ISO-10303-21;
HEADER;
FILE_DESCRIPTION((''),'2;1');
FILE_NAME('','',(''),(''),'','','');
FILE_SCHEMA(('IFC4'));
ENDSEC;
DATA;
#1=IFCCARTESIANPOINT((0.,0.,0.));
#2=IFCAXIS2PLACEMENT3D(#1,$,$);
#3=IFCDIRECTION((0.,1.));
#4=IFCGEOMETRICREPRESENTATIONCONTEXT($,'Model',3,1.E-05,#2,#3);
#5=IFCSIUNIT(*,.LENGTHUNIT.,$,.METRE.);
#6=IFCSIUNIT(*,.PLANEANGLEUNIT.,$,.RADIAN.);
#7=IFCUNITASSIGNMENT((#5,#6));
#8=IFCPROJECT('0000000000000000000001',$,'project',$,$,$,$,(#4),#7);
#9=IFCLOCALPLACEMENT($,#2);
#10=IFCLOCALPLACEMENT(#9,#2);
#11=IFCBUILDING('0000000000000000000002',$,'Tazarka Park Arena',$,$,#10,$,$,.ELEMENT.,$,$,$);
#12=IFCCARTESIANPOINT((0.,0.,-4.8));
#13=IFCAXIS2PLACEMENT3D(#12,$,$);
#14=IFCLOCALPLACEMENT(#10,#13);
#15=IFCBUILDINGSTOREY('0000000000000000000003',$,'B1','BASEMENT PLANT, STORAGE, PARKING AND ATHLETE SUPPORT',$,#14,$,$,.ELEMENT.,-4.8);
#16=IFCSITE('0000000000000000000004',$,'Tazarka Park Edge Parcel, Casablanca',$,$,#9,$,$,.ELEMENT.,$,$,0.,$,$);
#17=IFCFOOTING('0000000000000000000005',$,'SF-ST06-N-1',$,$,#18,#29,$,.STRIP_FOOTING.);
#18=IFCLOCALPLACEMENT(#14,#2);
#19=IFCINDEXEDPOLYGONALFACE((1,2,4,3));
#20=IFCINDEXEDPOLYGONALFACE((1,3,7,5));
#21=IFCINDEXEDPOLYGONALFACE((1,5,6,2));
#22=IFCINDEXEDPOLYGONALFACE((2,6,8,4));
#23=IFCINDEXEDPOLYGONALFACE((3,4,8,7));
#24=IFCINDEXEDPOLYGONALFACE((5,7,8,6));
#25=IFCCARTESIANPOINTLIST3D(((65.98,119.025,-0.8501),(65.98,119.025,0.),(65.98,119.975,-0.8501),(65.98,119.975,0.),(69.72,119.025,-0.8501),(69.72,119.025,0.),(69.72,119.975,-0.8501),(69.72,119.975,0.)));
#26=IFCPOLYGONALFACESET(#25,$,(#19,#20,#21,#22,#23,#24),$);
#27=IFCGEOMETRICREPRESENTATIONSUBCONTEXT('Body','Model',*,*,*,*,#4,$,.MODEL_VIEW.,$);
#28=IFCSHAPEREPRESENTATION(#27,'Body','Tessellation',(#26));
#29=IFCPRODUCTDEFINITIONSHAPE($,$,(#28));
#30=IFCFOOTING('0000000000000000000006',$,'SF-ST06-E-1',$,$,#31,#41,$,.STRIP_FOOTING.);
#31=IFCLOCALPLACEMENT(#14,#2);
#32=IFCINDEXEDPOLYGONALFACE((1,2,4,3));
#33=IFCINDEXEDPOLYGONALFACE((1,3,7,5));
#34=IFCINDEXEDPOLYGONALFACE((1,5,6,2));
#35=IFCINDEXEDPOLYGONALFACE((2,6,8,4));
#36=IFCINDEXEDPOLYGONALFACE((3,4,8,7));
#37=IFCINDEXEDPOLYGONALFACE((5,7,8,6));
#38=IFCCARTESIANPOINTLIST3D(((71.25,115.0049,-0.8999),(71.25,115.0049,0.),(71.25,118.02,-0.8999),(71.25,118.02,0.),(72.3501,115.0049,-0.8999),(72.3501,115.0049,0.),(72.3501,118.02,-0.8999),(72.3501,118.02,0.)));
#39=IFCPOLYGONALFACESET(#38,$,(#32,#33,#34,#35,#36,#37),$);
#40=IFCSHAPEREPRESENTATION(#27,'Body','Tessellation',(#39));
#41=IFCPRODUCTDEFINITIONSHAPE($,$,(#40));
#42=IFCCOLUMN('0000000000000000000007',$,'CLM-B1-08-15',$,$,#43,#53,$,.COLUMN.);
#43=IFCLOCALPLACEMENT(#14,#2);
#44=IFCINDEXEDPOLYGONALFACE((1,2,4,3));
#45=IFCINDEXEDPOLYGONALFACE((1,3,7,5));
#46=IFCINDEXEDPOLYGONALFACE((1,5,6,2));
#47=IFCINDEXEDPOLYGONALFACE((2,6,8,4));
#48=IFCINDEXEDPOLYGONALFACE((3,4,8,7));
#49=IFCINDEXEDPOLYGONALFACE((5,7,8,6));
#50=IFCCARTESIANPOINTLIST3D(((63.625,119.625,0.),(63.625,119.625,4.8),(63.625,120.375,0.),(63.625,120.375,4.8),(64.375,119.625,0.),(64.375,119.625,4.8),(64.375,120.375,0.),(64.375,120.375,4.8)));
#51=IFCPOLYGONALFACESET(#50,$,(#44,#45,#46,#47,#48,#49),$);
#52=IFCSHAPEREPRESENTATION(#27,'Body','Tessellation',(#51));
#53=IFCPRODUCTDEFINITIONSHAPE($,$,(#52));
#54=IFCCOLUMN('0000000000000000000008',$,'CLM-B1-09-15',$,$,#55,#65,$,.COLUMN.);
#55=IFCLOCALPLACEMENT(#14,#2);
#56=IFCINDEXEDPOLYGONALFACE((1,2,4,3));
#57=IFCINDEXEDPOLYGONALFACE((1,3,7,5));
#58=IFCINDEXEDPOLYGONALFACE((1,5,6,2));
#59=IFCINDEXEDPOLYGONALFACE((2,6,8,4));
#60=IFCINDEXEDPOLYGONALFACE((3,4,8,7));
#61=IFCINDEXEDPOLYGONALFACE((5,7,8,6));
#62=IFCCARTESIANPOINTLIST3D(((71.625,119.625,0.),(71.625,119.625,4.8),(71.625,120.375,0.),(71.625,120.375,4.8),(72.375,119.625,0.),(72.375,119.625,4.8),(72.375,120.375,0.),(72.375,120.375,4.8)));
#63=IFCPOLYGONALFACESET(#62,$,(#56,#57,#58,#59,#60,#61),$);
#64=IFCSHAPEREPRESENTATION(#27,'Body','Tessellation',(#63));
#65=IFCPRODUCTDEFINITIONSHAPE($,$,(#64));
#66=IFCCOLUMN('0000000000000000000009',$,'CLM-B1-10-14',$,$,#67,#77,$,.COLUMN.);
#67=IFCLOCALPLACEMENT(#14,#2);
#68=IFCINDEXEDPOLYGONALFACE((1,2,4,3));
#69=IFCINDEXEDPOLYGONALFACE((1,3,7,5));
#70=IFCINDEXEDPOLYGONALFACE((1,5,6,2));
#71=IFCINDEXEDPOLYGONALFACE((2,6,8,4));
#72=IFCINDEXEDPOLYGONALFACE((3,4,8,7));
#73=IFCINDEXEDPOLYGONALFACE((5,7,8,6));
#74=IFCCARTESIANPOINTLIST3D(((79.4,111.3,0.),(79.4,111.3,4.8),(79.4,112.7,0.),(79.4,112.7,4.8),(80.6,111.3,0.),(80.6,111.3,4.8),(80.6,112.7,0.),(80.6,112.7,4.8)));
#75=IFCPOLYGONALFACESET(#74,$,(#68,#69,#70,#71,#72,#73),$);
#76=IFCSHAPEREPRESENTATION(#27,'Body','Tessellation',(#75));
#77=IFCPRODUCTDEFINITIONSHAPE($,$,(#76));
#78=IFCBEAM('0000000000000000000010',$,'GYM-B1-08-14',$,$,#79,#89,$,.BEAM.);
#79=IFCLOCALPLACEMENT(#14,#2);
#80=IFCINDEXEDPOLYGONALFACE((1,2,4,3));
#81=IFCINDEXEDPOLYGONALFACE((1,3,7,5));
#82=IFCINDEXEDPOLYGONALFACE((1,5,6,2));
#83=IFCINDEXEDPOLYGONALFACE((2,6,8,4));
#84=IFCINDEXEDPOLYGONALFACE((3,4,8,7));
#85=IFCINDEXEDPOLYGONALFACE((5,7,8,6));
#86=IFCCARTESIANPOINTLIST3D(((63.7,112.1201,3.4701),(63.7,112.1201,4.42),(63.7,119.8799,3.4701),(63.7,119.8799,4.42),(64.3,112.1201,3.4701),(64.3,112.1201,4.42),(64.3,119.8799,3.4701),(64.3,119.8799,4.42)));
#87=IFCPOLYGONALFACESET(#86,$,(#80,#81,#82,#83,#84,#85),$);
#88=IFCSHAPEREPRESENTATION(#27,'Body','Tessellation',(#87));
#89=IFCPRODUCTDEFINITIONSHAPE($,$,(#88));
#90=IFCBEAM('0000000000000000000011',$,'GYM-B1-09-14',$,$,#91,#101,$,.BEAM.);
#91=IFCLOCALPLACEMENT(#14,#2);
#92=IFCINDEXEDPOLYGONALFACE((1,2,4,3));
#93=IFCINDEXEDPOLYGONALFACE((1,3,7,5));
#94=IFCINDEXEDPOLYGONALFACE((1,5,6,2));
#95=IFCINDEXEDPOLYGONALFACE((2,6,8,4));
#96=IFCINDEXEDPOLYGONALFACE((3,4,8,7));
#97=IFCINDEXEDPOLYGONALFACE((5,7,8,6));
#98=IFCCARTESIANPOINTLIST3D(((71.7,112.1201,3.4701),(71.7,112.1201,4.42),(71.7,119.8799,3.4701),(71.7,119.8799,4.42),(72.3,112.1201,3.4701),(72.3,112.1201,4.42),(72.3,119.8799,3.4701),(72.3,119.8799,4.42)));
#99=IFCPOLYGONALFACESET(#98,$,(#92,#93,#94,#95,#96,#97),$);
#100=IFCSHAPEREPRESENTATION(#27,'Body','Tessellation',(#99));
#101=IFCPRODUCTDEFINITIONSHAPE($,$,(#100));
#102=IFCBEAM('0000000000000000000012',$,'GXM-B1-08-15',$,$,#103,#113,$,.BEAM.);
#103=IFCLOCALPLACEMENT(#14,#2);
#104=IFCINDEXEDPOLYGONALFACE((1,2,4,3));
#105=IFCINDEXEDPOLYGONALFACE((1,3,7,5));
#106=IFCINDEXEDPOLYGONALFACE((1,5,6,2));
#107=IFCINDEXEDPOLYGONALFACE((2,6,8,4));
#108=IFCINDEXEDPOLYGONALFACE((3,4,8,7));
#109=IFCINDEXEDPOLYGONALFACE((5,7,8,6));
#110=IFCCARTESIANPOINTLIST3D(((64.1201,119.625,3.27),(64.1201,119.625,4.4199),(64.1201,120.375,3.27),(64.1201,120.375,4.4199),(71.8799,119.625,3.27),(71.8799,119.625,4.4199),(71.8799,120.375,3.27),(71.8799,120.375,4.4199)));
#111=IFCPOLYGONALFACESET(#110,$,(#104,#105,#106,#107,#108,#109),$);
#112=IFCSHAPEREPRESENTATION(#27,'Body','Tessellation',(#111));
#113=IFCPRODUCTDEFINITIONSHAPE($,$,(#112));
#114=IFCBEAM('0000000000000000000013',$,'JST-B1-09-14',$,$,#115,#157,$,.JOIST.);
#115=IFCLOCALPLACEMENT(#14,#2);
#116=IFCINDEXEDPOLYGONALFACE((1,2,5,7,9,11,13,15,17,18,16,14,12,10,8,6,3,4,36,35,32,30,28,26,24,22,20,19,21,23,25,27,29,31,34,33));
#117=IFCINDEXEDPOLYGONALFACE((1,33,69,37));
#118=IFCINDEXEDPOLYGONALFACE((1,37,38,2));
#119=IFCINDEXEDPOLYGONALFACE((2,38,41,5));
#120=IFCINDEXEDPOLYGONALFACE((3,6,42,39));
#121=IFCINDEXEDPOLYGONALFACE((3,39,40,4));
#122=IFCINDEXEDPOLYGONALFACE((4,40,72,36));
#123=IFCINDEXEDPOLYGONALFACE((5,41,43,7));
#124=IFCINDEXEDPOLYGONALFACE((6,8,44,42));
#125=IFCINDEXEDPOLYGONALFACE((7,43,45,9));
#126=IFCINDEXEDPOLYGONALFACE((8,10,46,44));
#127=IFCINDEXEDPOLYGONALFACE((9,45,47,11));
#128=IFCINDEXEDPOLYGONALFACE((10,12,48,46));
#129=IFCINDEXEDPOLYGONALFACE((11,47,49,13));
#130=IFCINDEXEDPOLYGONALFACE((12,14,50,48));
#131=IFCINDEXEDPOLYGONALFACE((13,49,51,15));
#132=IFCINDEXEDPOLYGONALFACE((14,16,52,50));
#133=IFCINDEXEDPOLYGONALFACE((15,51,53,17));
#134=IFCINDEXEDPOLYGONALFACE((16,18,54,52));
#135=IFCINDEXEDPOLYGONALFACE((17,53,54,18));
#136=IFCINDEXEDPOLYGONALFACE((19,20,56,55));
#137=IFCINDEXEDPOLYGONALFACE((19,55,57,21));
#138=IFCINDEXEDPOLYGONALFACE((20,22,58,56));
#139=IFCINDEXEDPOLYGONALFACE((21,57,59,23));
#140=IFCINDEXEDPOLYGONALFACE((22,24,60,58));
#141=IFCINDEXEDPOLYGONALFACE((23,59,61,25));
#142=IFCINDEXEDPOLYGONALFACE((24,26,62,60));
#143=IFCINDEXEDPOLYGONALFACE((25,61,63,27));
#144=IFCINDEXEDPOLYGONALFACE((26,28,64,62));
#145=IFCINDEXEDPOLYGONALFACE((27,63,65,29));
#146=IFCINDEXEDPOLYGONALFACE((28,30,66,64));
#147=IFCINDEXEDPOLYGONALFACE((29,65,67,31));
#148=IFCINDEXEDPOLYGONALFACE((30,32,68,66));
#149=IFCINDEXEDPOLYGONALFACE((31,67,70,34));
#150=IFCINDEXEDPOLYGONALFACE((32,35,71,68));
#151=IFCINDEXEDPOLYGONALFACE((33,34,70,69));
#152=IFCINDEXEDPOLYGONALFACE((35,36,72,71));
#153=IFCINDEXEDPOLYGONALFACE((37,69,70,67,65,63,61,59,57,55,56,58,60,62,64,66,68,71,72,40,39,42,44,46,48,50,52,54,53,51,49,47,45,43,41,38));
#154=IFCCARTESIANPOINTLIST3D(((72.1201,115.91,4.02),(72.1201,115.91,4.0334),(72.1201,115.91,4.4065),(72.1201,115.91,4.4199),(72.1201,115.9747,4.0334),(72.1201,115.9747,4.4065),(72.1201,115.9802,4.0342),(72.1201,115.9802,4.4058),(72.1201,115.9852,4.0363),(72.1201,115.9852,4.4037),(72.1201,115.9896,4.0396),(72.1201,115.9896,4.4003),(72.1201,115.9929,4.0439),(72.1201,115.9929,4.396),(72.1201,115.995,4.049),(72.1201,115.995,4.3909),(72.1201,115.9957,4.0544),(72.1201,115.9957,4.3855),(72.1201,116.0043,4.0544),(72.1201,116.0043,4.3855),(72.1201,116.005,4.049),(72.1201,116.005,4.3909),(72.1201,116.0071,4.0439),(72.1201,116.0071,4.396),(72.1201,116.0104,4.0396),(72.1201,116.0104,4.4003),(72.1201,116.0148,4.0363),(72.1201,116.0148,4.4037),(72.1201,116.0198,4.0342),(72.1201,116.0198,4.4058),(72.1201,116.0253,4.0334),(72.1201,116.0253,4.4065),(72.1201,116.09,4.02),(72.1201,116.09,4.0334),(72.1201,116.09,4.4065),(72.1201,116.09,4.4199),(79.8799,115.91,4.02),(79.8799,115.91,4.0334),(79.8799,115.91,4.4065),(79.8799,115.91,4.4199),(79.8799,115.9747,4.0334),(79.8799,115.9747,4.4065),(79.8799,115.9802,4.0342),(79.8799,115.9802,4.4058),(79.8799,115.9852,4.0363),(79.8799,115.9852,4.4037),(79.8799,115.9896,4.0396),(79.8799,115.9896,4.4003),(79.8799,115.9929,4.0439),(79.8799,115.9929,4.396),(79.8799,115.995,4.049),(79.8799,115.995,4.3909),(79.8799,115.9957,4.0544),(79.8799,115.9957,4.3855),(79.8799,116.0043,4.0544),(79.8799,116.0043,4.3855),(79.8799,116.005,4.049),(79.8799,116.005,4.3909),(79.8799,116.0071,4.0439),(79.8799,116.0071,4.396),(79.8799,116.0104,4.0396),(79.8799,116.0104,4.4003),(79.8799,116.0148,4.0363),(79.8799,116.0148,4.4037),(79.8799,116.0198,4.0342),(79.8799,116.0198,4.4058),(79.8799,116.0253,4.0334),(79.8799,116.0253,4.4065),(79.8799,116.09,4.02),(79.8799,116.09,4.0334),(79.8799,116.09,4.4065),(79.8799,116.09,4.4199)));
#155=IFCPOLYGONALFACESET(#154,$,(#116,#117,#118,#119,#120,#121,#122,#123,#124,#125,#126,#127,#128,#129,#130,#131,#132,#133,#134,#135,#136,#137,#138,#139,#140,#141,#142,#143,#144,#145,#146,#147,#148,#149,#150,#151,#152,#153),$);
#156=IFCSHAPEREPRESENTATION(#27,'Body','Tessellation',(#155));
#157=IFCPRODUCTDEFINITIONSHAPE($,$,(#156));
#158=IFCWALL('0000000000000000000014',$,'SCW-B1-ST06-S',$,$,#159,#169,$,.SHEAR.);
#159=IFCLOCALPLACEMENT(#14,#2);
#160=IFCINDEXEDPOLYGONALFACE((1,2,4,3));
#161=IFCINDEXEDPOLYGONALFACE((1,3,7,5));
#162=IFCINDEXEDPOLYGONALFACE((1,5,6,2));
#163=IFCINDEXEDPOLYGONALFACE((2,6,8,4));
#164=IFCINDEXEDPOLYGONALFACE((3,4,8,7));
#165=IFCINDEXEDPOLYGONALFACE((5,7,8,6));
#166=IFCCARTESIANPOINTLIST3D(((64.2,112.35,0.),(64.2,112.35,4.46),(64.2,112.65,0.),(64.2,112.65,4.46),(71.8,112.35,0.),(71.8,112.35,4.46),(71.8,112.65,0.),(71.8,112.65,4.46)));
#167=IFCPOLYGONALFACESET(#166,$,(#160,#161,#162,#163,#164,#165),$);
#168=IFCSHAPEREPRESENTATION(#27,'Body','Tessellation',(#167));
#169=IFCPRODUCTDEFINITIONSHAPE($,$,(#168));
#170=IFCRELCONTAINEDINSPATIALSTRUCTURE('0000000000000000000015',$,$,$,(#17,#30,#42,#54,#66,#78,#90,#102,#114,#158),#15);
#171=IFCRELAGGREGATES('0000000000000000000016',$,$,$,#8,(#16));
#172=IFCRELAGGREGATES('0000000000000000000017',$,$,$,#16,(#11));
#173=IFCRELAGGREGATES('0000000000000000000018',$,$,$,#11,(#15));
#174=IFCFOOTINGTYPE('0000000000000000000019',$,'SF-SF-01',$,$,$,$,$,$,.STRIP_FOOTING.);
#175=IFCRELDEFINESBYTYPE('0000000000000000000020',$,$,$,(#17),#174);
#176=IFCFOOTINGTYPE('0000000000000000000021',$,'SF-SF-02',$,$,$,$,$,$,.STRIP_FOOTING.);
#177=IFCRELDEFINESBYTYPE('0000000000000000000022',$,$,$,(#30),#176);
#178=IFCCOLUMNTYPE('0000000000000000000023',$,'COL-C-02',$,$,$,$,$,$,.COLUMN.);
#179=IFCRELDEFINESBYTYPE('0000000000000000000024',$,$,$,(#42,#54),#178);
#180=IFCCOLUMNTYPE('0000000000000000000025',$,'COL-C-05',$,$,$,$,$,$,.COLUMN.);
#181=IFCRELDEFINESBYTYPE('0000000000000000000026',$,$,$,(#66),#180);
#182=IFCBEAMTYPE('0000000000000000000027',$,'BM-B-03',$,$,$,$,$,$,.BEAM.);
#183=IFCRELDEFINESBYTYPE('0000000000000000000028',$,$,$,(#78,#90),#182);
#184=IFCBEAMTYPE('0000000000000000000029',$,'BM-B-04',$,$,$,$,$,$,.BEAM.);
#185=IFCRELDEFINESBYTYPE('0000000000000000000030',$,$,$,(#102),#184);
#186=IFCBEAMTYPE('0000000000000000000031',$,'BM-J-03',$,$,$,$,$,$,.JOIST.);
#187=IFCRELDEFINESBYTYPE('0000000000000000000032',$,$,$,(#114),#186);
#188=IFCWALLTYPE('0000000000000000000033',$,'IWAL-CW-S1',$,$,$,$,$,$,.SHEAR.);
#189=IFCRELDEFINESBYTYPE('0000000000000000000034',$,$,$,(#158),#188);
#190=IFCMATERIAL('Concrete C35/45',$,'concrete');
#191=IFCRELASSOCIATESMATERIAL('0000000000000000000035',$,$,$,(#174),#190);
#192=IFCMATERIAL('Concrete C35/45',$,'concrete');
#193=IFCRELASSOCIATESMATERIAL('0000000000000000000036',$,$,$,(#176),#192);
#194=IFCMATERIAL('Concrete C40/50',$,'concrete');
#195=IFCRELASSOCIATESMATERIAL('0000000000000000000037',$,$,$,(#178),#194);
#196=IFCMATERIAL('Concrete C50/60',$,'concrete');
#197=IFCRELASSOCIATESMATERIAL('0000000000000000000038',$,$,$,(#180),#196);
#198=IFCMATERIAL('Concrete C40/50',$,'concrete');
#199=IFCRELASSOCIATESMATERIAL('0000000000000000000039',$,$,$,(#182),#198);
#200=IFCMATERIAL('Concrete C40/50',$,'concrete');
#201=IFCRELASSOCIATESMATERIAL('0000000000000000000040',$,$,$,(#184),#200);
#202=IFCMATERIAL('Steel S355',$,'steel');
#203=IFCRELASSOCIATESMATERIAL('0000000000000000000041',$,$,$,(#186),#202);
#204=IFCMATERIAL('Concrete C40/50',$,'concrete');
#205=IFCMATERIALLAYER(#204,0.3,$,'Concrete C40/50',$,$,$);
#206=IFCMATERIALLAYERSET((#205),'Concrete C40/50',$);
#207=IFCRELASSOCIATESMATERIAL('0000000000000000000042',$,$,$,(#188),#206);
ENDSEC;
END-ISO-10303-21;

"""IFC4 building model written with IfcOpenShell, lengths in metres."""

from ifc_helpers import new_model, si_unit, direction, frame, frame_2d, origin, origin_2d, place, context, subcontext, project, spatial, rectangle, i_section, extrude, material, layer, layer_set, material_profile, profile_set, type_object, element, save


model = new_model("IFC4")

# Units and contexts
model_context = context("Model", 3, precision=1e-05, world=origin(), true_north=direction((0.0, 1.0)))
body_context = subcontext(model_context, "Body", "Model", "MODEL_VIEW")
ifc_project = project(units=[si_unit("LENGTHUNIT", "METRE"), si_unit("PLANEANGLEUNIT", "RADIAN")], contexts=[model_context])

# Site, building, storey
site_placement = place(None, origin())
site = spatial("IfcSite", under=ifc_project, at=site_placement, Name="Tazarka Park Edge Parcel, Casablanca", CompositionType="ELEMENT", RefElevation=0.0)
building_placement = place(site_placement, origin())
building = spatial("IfcBuilding", under=site, at=building_placement, Name="Tazarka Park Arena", CompositionType="ELEMENT")
storey_placement = place(building_placement, frame((0.0, 0.0, -4.8)))
storey = spatial("IfcBuildingStorey", under=building, at=storey_placement, Name="B1", Description="BASEMENT PLANT, STORAGE, PARKING AND ATHLETE SUPPORT", CompositionType="ELEMENT", Elevation=-4.8)

# Footings
ifc_material_1 = material(Name="Concrete C35/45", Category="concrete")
ifc_material_profile_1 = material_profile(ifc_material_1, rectangle(XDim=0.95, YDim=0.8501, at=origin_2d()), Name="Concrete C35/45")
ifc_profile_set_1 = profile_set([ifc_material_profile_1], Name="Concrete C35/45")
footing_type_1 = type_object("IfcFootingType", Name="SF-SF-01", PredefinedType="STRIP_FOOTING", material=ifc_profile_set_1)
footing_1_placement = place(storey_placement, frame((65.98, 119.5, -0.425), z_axis=(1.0, 0.0, 0.0), x_axis=(0.0, 1.0, 0.0)))
element("IfcFooting", 1, at=footing_1_placement, inside=storey, type_object=footing_type_1, Name="SF-ST06-N-1", PredefinedType="STRIP_FOOTING", context=body_context, shape_type="SweptSolid", body=[
    extrude(rectangle(XDim=0.95, YDim=0.8501, at=origin_2d()), origin(), (0.0, 0.0, 1.0), 3.74),
])
ifc_material_2 = material(Name="Concrete C35/45", Category="concrete")
ifc_material_profile_2 = material_profile(ifc_material_2, rectangle(XDim=1.1001, YDim=0.8999, at=origin_2d()), Name="Concrete C35/45")
ifc_profile_set_2 = profile_set([ifc_material_profile_2], Name="Concrete C35/45")
footing_type_2 = type_object("IfcFootingType", Name="SF-SF-02", PredefinedType="STRIP_FOOTING", material=ifc_profile_set_2)
footing_2_placement = place(storey_placement, frame((71.8, 118.02, -0.45), z_axis=(0.0, -1.0, 0.0), x_axis=(1.0, 0.0, 0.0)))
element("IfcFooting", 2, at=footing_2_placement, inside=storey, type_object=footing_type_2, Name="SF-ST06-E-1", PredefinedType="STRIP_FOOTING", context=body_context, shape_type="SweptSolid", body=[
    extrude(rectangle(XDim=1.1001, YDim=0.8999, at=origin_2d()), origin(), (0.0, 0.0, 1.0), 3.0151),
])

# Columns
ifc_material_3 = material(Name="Concrete C40/50", Category="concrete")
ifc_material_profile_3 = material_profile(ifc_material_3, rectangle(XDim=0.75, YDim=0.75, at=origin_2d()), Name="Concrete C40/50")
ifc_profile_set_3 = profile_set([ifc_material_profile_3], Name="Concrete C40/50")
column_type_1 = type_object("IfcColumnType", Name="COL-C-02", PredefinedType="COLUMN", material=ifc_profile_set_3)
for number, where, z_axis, x_axis, name in (
    (3, (64.0, 120.0, 0.0), (0.0, 0.0, 1.0), (1.0, 0.0, 0.0), "CLM-B1-08-15"),
    (4, (72.0, 120.0, 0.0), (0.0, 0.0, 1.0), (1.0, 0.0, 0.0), "CLM-B1-09-15"),
):
    element("IfcColumn", number, at=place(storey_placement, frame(where, z_axis=z_axis, x_axis=x_axis)), inside=storey, type_object=column_type_1, Name=name, PredefinedType="COLUMN", context=body_context, shape_type="SweptSolid", body=[
        extrude(rectangle(XDim=0.75, YDim=0.75, at=origin_2d()), origin(), (0.0, 0.0, 1.0), 4.8),
    ])
ifc_material_4 = material(Name="Concrete C50/60", Category="concrete")
ifc_material_profile_4 = material_profile(ifc_material_4, rectangle(XDim=1.2, YDim=1.3999, at=origin_2d()), Name="Concrete C50/60")
ifc_profile_set_4 = profile_set([ifc_material_profile_4], Name="Concrete C50/60")
column_type_2 = type_object("IfcColumnType", Name="COL-C-05", PredefinedType="COLUMN", material=ifc_profile_set_4)
column_placement = place(storey_placement, frame((80.0, 112.0, 0.0), z_axis=(0.0, 0.0, 1.0), x_axis=(1.0, 0.0, 0.0)))
element("IfcColumn", 5, at=column_placement, inside=storey, type_object=column_type_2, Name="CLM-B1-10-14", PredefinedType="COLUMN", context=body_context, shape_type="SweptSolid", body=[
    extrude(rectangle(XDim=1.2, YDim=1.3999, at=origin_2d()), origin(), (0.0, 0.0, 1.0), 4.8),
])

# Beams
ifc_material_5 = material(Name="Concrete C40/50", Category="concrete")
ifc_material_profile_5 = material_profile(ifc_material_5, rectangle(XDim=0.6001, YDim=0.95, at=origin_2d()), Name="Concrete C40/50")
ifc_profile_set_5 = profile_set([ifc_material_profile_5], Name="Concrete C40/50")
beam_type_1 = type_object("IfcBeamType", Name="BM-B-03", PredefinedType="BEAM", material=ifc_profile_set_5)
for number, where, z_axis, x_axis, name in (
    (6, (64.0, 112.1201, 3.9451), (0.0, 1.0, 0.0), (-1.0, 0.0, 0.0), "GYM-B1-08-14"),
    (7, (72.0, 112.1201, 3.9451), (0.0, 1.0, 0.0), (-1.0, 0.0, 0.0), "GYM-B1-09-14"),
):
    element("IfcBeam", number, at=place(storey_placement, frame(where, z_axis=z_axis, x_axis=x_axis)), inside=storey, type_object=beam_type_1, Name=name, PredefinedType="BEAM", context=body_context, shape_type="SweptSolid", body=[
        extrude(rectangle(XDim=0.6001, YDim=0.95, at=origin_2d()), origin(), (0.0, 0.0, 1.0), 7.7598),
    ])
ifc_material_6 = material(Name="Concrete C40/50", Category="concrete")
ifc_material_profile_6 = material_profile(ifc_material_6, rectangle(XDim=0.75, YDim=1.1499, at=origin_2d()), Name="Concrete C40/50")
ifc_profile_set_6 = profile_set([ifc_material_profile_6], Name="Concrete C40/50")
beam_type_2 = type_object("IfcBeamType", Name="BM-B-04", PredefinedType="BEAM", material=ifc_profile_set_6)
beam_1_placement = place(storey_placement, frame((64.1201, 120.0, 3.845), z_axis=(1.0, 0.0, 0.0), x_axis=(0.0, 1.0, 0.0)))
element("IfcBeam", 8, at=beam_1_placement, inside=storey, type_object=beam_type_2, Name="GXM-B1-08-15", PredefinedType="BEAM", context=body_context, shape_type="SweptSolid", body=[
    extrude(rectangle(XDim=0.75, YDim=1.1499, at=origin_2d()), origin(), (0.0, 0.0, 1.0), 7.7598),
])
ifc_material_7 = material(Name="Steel S355", Category="steel")
ifc_material_profile_7 = material_profile(ifc_material_7, i_section(OverallWidth=0.1799, OverallDepth=0.3999, WebThickness=0.0085, FlangeThickness=0.0134, FilletRadius=0.021, at=origin_2d()), Name="Steel S355")
ifc_profile_set_7 = profile_set([ifc_material_profile_7], Name="Steel S355")
beam_type_3 = type_object("IfcBeamType", Name="BM-J-03", PredefinedType="JOIST", material=ifc_profile_set_7)
beam_2_placement = place(storey_placement, frame((72.1201, 116.0, 4.22), z_axis=(1.0, 0.0, 0.0), x_axis=(0.0, 1.0, 0.0)))
element("IfcBeam", 9, at=beam_2_placement, inside=storey, type_object=beam_type_3, Name="JST-B1-09-14", PredefinedType="JOIST", context=body_context, shape_type="SweptSolid", body=[
    extrude(i_section(OverallWidth=0.1799, OverallDepth=0.3999, WebThickness=0.0085, FlangeThickness=0.0134, FilletRadius=0.021, at=origin_2d()), origin(), (0.0, 0.0, 1.0), 7.7598),
])

# Wall
ifc_material_8 = material(Name="Concrete C40/50", Category="concrete")
ifc_layer = layer(ifc_material_8, 0.3, Name="Concrete C40/50")
ifc_layer_set = layer_set([ifc_layer], Name="Concrete C40/50")
wall_type = type_object("IfcWallType", Name="IWAL-CW-S1", PredefinedType="SHEAR", material=ifc_layer_set)
wall_1_placement = place(storey_placement, frame((71.8, 112.5, 0.0), z_axis=(0.0, 0.0, 1.0), x_axis=(-1.0, 0.0, 0.0)))
element("IfcWall", 10, at=wall_1_placement, inside=storey, type_object=wall_type, Name="SCW-B1-ST06-S", PredefinedType="SHEAR", context=body_context, shape_type="SweptSolid", body=[
    extrude(rectangle(XDim=7.6001, YDim=0.3, at=frame_2d((3.8, 0.0))), origin(), (0.0, 0.0, 1.0), 4.46),
])

save(model, "model.ifc")
